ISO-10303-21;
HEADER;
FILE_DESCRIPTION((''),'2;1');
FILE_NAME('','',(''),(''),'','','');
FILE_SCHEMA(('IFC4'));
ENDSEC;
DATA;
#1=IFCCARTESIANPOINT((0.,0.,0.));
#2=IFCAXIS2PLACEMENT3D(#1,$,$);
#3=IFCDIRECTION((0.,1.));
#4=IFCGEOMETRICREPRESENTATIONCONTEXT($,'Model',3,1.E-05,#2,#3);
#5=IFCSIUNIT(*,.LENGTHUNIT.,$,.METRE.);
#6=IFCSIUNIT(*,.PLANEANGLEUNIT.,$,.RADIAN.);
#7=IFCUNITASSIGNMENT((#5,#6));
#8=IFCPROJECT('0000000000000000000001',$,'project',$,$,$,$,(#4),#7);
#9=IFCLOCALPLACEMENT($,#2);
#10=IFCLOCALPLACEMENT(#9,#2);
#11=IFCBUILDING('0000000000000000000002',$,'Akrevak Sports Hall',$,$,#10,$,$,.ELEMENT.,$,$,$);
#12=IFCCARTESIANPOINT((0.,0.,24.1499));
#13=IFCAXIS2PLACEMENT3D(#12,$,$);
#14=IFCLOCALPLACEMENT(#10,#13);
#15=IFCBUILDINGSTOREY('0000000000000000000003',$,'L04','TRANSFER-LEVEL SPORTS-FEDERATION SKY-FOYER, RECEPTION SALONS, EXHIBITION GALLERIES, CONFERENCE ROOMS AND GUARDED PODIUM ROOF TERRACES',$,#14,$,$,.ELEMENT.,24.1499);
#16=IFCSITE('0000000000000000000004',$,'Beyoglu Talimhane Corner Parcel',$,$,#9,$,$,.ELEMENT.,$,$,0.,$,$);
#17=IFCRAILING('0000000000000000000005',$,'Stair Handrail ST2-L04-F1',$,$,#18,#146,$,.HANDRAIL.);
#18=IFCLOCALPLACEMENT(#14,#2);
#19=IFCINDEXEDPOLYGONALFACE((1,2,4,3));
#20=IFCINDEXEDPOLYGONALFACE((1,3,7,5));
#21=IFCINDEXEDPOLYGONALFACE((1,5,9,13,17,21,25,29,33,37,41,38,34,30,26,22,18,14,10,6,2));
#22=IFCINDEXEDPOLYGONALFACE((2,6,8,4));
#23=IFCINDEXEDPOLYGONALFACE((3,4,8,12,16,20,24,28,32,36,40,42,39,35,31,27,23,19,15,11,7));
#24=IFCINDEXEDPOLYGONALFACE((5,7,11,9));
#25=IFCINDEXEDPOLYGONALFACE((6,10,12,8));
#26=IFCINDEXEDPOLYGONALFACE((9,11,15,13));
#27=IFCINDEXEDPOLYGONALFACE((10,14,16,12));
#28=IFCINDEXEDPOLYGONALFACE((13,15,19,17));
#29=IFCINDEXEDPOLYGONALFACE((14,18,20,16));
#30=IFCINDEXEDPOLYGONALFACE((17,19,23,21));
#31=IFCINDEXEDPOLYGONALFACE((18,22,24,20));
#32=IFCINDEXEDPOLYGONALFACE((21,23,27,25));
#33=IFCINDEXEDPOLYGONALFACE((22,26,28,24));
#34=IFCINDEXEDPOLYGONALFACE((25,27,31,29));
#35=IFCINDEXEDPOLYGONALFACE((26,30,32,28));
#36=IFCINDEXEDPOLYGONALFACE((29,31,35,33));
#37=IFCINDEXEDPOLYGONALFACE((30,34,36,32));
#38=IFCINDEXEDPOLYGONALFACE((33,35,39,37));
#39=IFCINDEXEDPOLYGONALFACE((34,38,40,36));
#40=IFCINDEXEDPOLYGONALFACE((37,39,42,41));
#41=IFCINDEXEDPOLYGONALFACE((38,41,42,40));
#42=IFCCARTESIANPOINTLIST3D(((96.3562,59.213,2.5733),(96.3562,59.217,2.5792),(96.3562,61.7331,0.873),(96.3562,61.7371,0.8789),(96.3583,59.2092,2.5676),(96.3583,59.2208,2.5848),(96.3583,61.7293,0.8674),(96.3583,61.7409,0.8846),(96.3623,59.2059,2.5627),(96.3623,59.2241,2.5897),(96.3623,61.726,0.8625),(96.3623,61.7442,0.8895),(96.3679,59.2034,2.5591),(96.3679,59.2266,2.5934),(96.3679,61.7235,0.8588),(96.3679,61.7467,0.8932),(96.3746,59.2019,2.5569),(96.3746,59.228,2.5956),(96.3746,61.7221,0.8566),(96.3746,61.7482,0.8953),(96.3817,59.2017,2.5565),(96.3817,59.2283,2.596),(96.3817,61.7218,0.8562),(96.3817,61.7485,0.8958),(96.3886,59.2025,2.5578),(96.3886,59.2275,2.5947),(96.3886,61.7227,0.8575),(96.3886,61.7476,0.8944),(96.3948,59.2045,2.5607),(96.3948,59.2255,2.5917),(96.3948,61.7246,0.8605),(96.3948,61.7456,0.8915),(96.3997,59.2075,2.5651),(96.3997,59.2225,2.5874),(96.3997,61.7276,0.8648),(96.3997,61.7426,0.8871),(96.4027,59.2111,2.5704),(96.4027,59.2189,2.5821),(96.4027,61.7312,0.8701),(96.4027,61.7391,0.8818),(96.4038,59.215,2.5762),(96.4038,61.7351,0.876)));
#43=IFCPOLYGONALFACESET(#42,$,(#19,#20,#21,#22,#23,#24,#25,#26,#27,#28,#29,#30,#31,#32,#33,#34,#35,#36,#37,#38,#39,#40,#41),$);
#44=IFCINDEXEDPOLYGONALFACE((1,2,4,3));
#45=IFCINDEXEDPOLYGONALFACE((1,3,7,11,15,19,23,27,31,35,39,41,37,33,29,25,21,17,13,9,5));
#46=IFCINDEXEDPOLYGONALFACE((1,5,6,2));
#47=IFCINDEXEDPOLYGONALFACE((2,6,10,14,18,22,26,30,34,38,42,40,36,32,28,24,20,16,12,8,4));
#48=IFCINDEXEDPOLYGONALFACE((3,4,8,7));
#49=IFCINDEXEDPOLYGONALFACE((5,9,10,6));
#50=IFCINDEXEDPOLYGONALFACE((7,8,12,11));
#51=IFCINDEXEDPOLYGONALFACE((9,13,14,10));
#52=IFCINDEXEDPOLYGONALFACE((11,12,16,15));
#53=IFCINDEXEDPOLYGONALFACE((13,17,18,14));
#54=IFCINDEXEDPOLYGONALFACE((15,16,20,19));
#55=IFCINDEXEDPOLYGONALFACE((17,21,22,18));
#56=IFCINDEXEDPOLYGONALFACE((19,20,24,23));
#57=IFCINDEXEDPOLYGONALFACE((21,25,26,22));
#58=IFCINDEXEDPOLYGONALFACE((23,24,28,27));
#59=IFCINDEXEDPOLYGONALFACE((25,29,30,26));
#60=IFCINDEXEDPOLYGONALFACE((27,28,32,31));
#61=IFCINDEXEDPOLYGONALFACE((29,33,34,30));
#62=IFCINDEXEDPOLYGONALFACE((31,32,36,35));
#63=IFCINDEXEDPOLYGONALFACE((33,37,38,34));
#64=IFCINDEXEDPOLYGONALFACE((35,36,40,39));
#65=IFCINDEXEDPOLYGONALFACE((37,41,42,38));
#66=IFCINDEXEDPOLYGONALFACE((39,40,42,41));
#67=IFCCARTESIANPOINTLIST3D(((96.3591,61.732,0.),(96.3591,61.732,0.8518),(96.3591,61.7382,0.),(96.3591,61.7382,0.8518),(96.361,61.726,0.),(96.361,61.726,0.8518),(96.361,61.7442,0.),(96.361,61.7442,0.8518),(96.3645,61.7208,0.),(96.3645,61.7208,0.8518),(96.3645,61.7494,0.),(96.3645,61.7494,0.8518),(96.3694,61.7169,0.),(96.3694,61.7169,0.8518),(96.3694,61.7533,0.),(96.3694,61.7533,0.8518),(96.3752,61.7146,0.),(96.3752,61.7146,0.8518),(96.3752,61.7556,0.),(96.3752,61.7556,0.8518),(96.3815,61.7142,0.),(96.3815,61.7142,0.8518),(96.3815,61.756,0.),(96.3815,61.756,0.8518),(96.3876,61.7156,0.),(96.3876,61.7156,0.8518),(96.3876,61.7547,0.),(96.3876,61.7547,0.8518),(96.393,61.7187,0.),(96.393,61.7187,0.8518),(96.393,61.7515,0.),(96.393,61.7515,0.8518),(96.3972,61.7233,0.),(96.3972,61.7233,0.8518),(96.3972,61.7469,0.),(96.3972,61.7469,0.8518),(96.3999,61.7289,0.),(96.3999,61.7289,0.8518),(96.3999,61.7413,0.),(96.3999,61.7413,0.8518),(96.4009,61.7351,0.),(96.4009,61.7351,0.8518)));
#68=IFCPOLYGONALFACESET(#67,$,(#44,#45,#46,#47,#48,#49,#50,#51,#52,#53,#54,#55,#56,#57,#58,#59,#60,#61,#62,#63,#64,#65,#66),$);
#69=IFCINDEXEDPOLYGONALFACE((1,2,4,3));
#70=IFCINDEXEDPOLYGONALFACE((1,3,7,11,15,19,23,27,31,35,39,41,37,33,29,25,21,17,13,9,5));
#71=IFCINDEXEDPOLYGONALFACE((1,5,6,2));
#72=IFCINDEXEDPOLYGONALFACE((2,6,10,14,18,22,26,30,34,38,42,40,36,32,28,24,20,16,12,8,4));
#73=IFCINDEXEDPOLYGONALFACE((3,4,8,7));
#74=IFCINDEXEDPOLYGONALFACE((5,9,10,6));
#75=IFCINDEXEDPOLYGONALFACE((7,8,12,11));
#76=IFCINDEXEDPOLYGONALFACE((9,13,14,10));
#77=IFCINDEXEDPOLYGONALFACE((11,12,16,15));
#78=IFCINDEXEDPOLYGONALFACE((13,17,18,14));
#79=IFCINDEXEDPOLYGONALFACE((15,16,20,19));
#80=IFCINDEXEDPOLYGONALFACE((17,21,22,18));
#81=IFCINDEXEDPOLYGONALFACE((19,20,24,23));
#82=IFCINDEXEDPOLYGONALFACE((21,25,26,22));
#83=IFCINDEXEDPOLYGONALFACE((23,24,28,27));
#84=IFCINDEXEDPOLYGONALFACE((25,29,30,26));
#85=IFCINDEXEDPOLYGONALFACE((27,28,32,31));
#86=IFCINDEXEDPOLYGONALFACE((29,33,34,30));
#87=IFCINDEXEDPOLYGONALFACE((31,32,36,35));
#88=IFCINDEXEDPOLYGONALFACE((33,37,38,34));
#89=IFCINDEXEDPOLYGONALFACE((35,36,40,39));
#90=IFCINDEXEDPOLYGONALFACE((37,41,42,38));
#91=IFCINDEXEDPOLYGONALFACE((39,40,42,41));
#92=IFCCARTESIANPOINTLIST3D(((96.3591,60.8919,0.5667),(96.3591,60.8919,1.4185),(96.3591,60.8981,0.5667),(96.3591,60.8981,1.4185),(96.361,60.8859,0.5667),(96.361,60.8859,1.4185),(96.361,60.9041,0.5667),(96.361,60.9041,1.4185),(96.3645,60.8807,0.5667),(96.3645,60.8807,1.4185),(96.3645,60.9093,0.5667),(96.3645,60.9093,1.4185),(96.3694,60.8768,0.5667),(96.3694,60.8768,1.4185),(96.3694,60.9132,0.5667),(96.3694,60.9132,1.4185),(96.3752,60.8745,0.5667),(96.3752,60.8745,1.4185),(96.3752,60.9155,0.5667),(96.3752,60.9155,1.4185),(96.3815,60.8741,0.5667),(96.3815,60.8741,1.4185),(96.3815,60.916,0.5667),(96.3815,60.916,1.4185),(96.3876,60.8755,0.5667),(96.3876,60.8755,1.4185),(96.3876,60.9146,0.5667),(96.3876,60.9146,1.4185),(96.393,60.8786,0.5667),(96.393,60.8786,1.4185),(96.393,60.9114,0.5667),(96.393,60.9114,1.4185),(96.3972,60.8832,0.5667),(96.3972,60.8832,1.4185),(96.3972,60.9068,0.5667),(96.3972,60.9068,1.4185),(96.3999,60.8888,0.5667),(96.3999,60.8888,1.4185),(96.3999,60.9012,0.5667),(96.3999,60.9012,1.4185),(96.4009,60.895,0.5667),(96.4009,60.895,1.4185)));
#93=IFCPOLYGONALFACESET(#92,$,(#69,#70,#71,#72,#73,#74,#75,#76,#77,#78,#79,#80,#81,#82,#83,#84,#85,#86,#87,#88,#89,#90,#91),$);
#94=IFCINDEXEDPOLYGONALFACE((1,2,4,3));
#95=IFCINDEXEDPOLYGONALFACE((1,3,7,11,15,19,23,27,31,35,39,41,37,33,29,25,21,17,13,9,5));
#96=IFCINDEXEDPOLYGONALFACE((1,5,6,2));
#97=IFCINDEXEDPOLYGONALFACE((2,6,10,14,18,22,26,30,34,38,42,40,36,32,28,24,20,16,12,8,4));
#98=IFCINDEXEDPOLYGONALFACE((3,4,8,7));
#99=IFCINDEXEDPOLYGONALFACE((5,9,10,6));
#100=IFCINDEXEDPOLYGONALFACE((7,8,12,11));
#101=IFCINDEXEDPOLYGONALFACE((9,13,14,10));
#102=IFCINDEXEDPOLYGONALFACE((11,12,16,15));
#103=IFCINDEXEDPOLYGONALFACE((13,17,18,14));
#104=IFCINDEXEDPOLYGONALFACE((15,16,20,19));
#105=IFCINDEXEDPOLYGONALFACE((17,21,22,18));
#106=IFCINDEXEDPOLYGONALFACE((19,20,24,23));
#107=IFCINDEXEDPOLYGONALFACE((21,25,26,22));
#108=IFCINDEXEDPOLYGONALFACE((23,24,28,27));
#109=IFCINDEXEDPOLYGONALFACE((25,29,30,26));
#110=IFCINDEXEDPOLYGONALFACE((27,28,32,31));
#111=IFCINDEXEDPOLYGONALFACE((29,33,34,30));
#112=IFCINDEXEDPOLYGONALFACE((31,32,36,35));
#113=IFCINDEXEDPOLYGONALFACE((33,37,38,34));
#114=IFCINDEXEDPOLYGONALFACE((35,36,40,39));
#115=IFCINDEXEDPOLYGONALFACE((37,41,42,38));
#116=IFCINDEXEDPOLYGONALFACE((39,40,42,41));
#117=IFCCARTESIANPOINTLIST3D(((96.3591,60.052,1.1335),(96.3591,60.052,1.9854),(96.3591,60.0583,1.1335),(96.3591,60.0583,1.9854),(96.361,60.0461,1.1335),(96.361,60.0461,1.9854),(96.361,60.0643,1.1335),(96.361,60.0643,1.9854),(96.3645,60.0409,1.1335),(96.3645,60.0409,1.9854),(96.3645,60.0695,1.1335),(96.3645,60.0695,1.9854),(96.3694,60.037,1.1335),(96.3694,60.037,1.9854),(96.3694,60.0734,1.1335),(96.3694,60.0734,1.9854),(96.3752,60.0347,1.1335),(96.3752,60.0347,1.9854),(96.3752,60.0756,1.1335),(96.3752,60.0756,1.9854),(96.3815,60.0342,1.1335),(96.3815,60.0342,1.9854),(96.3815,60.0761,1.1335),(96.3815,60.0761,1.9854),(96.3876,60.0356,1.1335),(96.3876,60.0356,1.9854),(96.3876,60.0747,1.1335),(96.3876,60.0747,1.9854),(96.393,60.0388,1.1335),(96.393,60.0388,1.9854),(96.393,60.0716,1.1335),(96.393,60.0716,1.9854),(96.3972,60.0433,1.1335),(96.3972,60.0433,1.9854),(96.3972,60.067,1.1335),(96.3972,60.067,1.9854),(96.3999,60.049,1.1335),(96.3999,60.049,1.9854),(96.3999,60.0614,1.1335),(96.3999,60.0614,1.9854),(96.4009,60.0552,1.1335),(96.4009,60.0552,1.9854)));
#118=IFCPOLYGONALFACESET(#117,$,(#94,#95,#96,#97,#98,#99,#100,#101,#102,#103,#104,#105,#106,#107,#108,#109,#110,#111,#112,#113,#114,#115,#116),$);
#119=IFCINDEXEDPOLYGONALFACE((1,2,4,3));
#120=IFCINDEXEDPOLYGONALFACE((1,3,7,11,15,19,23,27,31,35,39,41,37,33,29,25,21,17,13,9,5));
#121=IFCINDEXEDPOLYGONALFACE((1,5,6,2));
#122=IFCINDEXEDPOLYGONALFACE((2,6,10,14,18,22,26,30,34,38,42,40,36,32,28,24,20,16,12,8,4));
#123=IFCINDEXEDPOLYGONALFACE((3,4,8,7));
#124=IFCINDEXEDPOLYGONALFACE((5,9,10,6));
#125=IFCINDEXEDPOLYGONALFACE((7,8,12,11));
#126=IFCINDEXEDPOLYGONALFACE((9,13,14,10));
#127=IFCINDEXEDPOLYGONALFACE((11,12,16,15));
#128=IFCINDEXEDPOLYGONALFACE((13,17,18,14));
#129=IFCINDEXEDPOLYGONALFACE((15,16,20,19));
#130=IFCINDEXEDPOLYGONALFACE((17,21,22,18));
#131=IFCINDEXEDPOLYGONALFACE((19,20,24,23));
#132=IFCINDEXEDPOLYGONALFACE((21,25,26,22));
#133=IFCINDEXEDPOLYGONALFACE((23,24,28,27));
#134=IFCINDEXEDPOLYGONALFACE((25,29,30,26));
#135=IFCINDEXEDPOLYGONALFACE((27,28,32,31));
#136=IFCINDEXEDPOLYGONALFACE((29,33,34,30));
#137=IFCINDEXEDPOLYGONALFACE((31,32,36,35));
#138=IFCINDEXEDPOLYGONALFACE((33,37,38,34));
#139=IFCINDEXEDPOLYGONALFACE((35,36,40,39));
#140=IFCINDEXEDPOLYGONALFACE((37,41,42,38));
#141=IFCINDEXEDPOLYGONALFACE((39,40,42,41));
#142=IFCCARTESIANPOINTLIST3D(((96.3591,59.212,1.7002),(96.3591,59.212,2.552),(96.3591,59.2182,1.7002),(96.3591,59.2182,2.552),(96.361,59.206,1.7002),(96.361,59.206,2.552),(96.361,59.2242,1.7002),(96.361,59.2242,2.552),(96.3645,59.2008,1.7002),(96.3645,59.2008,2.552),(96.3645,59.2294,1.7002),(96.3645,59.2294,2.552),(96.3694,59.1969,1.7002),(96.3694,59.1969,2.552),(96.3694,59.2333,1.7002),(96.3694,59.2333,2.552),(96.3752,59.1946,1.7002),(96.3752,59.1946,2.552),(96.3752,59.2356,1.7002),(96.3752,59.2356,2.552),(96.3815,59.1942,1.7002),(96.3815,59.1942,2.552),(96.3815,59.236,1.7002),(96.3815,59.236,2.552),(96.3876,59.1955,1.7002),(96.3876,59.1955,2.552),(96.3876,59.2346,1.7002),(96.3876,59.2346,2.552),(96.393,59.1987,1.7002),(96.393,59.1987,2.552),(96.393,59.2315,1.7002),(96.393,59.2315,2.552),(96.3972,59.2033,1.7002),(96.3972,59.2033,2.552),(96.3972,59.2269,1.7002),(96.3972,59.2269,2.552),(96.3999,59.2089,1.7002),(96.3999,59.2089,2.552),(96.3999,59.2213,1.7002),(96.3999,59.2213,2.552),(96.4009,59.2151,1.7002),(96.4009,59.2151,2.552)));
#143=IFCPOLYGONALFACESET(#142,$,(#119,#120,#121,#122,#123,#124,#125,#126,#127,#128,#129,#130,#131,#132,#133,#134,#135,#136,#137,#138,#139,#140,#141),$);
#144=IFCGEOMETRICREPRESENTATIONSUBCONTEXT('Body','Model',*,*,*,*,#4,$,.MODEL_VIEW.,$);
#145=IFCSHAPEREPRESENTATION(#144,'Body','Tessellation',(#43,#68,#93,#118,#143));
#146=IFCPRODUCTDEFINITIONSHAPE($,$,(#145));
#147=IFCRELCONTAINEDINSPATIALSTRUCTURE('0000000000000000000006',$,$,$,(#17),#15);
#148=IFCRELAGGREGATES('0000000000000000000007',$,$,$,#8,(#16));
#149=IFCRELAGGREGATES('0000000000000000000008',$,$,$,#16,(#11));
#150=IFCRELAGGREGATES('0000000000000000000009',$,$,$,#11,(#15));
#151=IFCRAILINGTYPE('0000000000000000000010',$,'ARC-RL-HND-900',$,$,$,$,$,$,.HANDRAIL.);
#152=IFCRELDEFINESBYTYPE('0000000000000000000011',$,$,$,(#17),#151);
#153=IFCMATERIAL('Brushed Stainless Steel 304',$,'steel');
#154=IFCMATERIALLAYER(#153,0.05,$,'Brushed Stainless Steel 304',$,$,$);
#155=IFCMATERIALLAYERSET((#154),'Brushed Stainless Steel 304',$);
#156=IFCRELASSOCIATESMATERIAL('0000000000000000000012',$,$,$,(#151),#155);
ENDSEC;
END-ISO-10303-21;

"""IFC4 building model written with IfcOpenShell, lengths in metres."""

from ifc_helpers import new_model, si_unit, direction, frame, origin, origin_2d, place, context, subcontext, project, spatial, circle, extrude, material, layer, layer_set, type_object, element, save


model = new_model("IFC4")

# Units and contexts
model_context = context("Model", 3, precision=1e-05, world=origin(), true_north=direction((0.0, 1.0)))
body_context = subcontext(model_context, "Body", "Model", "MODEL_VIEW")
ifc_project = project(units=[si_unit("LENGTHUNIT", "METRE"), si_unit("PLANEANGLEUNIT", "RADIAN")], contexts=[model_context])

# Site, building, storey
site_placement = place(None, origin())
site = spatial("IfcSite", under=ifc_project, at=site_placement, Name="Beyoglu Talimhane Corner Parcel", CompositionType="ELEMENT", RefElevation=0.0)
building_placement = place(site_placement, origin())
building = spatial("IfcBuilding", under=site, at=building_placement, Name="Akrevak Sports Hall", CompositionType="ELEMENT")
storey_placement = place(building_placement, frame((0.0, 0.0, 24.1499)))
storey = spatial("IfcBuildingStorey", under=building, at=storey_placement, Name="L04", Description="TRANSFER-LEVEL SPORTS-FEDERATION SKY-FOYER, RECEPTION SALONS, EXHIBITION GALLERIES, CONFERENCE ROOMS AND GUARDED PODIUM ROOF TERRACES", CompositionType="ELEMENT", Elevation=24.1499)

# Railing
ifc_material_1 = material(Name="Brushed Stainless Steel 304", Category="steel")
ifc_layer_1 = layer(ifc_material_1, 0.05, Name="Brushed Stainless Steel 304")
ifc_layer_set_1 = layer_set([ifc_layer_1], Name="Brushed Stainless Steel 304")
railing_type_1 = type_object("IfcRailingType", Name="ARC-RL-HND-900", PredefinedType="HANDRAIL", material=ifc_layer_set_1)
railing_1_placement = place(storey_placement, frame((96.3799, 61.7351, 0.0)))
element("IfcRailing", 1, at=railing_1_placement, inside=storey, type_object=railing_type_1, Name="Stair Handrail ST2-L04-F1", PredefinedType="HANDRAIL", context=body_context, shape_type="SweptSolid", body=[
    extrude(circle(Radius=0.0239, at=origin_2d()), frame((0.0, 0.0, 0.876), z_axis=(0.0, -0.828973, 0.559288), x_axis=(1.0, 0.0, 0.0)), (0.0, 0.0, 1.0), 3.04),
    extrude(circle(Radius=0.021, at=origin_2d()), origin(), (0.0, 0.0, 1.0), 0.8518),
    extrude(circle(Radius=0.021, at=origin_2d()), frame((0.0, -0.8401, 0.5667)), (0.0, 0.0, 1.0), 0.8518),
    extrude(circle(Radius=0.021, at=origin_2d()), frame((0.0, -1.6799, 1.1335)), (0.0, 0.0, 1.0), 0.8518),
    extrude(circle(Radius=0.021, at=origin_2d()), frame((0.0, -2.52, 1.7002)), (0.0, 0.0, 1.0), 0.8518),
])

save(model, "model.ifc")
